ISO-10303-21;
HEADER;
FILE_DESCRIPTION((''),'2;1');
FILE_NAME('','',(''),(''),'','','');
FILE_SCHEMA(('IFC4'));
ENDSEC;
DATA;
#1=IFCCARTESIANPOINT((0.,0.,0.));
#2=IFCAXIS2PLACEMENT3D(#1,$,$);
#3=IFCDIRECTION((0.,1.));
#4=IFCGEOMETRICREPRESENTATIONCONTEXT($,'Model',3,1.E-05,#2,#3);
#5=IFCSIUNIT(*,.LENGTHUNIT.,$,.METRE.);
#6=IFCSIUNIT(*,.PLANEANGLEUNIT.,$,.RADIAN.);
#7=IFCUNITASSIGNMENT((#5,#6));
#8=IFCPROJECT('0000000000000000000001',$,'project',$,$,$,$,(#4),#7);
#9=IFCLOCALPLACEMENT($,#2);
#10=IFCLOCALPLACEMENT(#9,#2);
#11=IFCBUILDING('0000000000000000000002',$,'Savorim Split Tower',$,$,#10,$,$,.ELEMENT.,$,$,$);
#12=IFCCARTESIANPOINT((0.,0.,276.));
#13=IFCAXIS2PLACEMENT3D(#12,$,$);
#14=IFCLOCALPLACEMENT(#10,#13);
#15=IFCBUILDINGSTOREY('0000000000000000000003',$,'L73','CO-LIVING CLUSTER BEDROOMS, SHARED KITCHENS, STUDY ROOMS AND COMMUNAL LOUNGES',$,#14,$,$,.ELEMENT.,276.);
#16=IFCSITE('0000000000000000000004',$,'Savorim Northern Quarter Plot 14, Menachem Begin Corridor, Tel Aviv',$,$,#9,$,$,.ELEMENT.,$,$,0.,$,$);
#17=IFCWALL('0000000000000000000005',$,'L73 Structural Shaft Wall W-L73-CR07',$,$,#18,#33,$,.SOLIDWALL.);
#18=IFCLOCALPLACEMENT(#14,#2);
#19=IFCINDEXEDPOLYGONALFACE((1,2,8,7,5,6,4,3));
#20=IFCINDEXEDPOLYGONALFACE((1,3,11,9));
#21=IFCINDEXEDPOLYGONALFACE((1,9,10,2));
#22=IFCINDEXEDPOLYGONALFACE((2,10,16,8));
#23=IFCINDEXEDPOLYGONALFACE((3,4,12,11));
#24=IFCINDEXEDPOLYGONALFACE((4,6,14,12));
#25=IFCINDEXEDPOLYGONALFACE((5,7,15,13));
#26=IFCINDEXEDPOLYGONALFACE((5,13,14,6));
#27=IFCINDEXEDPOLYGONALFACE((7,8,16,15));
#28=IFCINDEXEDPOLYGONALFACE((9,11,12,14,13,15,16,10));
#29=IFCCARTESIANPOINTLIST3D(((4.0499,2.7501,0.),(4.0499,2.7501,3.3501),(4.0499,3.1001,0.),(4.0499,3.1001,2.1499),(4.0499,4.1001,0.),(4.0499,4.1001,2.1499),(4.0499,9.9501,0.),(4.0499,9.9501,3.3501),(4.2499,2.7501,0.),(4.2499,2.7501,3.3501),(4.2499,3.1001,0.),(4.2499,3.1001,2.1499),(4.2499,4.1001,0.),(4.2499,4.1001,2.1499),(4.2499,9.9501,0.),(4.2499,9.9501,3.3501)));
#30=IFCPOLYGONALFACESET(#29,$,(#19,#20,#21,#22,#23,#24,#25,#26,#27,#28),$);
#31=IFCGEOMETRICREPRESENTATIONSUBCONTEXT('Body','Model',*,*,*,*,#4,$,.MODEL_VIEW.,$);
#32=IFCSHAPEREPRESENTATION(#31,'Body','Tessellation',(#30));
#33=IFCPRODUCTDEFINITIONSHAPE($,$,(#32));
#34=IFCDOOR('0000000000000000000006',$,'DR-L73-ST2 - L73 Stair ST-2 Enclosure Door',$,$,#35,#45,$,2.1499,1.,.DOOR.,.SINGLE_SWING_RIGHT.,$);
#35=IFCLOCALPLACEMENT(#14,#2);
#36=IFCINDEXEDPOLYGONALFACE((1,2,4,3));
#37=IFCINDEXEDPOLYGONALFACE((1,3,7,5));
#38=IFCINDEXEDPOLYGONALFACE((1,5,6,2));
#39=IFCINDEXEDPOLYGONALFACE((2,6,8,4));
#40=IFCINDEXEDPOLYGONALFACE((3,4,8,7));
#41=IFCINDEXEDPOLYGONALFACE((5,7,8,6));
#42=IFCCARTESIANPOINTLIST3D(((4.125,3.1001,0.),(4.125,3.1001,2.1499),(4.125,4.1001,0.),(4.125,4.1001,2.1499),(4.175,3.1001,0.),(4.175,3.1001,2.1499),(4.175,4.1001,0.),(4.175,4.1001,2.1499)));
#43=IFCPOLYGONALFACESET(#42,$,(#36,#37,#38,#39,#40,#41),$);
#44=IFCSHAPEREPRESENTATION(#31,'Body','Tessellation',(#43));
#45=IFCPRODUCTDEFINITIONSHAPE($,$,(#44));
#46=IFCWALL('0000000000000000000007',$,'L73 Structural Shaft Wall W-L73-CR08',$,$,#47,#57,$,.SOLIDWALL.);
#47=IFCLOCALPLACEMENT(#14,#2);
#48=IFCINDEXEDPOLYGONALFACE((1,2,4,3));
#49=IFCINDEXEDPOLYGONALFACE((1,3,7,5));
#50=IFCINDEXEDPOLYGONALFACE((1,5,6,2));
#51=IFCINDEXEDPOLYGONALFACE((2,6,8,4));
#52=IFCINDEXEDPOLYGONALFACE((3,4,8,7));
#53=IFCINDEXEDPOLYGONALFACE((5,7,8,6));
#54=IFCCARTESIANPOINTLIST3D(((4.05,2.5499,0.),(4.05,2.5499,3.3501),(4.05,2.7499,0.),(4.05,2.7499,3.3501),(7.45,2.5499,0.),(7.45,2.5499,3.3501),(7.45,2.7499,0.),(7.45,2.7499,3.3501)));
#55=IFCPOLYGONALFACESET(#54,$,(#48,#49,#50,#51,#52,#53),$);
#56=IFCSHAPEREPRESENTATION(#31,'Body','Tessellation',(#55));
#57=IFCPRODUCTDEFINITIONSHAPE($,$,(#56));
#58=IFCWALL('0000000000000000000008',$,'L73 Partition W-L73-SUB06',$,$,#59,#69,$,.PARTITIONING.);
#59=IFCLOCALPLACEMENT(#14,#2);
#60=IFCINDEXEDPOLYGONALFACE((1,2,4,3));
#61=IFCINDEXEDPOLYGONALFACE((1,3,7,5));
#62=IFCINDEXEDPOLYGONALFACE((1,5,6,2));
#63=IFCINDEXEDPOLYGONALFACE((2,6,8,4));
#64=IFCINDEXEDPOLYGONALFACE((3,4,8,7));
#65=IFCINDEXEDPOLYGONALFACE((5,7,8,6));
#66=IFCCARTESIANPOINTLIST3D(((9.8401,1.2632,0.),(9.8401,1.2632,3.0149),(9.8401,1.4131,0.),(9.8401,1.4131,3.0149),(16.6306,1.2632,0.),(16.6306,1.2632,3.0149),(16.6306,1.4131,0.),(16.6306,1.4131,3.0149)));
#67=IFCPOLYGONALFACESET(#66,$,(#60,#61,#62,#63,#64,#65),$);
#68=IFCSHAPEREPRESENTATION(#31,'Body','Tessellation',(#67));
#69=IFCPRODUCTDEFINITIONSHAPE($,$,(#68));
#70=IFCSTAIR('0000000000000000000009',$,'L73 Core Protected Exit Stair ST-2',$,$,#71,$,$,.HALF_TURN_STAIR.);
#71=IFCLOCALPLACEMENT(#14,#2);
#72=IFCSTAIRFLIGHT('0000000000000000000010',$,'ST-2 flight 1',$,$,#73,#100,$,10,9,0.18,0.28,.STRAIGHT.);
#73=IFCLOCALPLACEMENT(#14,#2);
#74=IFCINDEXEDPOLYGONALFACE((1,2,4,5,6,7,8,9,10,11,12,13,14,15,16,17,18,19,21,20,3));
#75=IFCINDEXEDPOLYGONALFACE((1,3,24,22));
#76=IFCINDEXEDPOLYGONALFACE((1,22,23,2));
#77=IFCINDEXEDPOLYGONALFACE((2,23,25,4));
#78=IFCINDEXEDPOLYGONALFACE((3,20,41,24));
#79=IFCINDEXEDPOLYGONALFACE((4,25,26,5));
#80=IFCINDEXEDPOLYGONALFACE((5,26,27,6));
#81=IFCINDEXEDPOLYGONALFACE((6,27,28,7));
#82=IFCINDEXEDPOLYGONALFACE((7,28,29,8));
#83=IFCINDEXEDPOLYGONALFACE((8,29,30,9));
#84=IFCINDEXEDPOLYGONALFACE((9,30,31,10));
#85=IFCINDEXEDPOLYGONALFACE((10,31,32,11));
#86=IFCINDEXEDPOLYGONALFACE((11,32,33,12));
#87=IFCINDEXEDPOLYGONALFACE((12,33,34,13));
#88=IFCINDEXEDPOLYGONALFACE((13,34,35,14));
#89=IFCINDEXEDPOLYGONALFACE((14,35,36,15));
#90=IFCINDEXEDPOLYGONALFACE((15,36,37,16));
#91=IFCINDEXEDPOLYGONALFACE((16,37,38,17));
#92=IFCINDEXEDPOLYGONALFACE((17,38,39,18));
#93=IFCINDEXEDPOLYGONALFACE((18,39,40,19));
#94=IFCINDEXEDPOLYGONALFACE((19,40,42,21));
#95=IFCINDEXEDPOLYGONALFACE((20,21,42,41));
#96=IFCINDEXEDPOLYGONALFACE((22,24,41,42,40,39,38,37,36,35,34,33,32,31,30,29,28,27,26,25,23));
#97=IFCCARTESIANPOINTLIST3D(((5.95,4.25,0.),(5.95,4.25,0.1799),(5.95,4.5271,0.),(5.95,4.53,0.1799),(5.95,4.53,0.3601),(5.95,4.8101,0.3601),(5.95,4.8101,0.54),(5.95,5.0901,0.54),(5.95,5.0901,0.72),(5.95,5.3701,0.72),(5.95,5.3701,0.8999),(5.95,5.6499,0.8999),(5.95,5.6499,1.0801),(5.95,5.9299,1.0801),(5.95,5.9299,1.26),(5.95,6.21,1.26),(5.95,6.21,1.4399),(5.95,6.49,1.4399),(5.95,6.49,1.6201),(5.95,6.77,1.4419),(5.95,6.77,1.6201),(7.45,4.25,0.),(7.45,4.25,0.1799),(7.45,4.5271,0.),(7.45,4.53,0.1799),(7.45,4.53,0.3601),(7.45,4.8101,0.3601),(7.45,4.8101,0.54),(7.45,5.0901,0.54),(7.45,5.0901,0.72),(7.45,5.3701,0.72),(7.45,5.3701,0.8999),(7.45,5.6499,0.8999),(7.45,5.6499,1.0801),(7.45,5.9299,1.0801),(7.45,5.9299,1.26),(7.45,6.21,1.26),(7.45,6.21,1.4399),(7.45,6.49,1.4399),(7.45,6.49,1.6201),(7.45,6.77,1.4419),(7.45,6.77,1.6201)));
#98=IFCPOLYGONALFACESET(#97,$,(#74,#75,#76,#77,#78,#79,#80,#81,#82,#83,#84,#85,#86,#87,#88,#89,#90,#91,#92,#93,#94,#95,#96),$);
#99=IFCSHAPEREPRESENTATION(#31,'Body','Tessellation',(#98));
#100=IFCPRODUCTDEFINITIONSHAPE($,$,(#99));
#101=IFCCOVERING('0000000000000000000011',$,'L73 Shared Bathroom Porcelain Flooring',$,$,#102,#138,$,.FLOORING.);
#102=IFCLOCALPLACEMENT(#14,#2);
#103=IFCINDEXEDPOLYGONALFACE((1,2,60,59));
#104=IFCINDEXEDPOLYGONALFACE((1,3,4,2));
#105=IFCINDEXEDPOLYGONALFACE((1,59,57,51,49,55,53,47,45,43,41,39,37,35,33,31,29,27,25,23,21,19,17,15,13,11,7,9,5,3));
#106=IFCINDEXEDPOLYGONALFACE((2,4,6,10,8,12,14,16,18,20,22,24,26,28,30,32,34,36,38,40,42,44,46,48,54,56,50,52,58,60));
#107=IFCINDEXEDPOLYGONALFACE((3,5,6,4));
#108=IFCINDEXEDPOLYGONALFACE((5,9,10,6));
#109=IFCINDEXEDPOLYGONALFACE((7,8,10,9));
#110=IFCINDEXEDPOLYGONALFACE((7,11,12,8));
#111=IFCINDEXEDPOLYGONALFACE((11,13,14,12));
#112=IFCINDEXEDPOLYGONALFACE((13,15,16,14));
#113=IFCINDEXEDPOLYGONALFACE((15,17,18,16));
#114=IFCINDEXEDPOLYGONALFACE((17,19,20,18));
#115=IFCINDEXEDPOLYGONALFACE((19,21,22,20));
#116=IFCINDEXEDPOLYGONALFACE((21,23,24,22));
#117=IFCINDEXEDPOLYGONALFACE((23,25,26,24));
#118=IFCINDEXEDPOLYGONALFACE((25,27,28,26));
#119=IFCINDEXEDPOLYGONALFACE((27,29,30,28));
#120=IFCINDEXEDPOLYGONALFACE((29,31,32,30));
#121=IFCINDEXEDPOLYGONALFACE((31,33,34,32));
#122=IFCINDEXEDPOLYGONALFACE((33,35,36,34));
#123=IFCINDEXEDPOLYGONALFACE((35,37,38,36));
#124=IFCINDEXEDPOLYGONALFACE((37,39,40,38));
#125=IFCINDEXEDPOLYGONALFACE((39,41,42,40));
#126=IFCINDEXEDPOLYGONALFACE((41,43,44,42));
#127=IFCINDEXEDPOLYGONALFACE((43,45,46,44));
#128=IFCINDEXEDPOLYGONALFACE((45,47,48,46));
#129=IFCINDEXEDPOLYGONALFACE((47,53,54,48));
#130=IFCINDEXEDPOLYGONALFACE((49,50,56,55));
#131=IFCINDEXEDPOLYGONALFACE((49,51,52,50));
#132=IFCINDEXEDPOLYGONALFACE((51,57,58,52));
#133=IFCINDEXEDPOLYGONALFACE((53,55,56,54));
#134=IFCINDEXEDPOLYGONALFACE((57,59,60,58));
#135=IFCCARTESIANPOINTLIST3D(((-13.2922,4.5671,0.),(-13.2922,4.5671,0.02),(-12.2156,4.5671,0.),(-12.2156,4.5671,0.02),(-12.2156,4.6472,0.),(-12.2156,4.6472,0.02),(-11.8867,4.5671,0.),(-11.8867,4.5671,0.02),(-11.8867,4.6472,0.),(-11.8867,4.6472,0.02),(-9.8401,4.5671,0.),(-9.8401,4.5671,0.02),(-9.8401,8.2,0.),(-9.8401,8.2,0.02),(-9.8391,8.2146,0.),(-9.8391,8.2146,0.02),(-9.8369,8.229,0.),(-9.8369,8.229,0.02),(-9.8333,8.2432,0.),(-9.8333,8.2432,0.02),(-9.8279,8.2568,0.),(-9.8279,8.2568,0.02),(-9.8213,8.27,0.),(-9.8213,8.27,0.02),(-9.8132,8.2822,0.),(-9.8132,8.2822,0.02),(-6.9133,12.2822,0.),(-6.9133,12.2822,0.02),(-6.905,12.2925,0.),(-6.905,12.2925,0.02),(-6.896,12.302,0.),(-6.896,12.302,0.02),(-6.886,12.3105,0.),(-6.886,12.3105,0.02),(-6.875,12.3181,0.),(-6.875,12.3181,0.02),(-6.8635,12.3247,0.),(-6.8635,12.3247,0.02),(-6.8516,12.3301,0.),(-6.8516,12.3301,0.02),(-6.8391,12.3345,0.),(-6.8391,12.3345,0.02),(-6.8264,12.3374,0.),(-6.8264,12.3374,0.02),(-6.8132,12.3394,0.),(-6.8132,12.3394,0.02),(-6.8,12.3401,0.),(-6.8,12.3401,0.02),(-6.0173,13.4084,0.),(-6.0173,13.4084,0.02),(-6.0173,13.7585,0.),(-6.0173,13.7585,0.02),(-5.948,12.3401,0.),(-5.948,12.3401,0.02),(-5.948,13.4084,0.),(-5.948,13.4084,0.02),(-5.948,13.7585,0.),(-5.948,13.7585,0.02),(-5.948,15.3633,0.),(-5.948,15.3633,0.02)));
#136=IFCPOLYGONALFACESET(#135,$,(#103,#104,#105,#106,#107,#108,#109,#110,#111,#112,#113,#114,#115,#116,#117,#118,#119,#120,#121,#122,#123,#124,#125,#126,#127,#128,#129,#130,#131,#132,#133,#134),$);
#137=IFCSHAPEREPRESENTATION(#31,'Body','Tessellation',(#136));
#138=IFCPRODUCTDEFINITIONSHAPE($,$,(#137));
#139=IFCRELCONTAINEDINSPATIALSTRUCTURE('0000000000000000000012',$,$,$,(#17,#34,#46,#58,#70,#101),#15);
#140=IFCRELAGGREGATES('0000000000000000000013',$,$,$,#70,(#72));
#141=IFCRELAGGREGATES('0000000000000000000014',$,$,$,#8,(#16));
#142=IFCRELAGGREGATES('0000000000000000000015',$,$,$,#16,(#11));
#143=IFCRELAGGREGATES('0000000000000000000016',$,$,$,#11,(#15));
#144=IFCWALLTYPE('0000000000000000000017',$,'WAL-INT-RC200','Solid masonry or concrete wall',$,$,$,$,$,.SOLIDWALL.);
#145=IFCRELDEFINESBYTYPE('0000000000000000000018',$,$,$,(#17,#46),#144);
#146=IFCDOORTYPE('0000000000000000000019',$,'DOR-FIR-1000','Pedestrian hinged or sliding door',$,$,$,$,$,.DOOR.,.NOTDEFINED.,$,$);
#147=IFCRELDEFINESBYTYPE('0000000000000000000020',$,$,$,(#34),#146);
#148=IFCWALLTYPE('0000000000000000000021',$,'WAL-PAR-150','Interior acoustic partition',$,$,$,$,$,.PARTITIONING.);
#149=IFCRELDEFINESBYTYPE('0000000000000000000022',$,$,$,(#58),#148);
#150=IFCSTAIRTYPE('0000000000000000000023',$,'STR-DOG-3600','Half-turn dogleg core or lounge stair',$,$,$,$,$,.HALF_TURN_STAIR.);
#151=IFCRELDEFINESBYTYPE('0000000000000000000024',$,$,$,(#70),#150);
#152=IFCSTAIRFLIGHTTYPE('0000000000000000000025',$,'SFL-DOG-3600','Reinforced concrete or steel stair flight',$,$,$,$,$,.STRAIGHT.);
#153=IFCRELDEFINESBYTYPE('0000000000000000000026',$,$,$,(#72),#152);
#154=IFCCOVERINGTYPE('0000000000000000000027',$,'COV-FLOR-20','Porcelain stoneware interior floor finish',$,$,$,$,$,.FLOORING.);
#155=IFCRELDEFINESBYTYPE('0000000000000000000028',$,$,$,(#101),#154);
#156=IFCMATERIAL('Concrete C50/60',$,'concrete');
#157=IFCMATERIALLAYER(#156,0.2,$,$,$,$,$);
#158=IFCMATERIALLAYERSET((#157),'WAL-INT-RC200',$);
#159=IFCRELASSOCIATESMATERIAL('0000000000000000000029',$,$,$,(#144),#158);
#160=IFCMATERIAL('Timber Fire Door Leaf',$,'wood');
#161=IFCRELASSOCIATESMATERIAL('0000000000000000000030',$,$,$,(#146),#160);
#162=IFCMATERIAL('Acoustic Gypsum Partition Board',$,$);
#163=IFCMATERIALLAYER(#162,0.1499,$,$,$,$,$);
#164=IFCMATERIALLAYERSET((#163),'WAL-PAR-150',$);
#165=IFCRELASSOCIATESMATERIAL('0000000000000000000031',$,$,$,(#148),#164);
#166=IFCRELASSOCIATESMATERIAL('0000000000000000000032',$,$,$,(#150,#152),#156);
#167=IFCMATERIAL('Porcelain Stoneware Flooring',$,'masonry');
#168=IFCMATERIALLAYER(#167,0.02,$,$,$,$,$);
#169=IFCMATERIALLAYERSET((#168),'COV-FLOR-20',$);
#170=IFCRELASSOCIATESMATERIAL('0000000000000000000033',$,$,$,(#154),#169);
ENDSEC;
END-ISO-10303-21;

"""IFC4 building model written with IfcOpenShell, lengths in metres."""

from ifc_helpers import new_model, si_unit, direction, frame, frame_2d, origin, place, context, subcontext, project, spatial, polyline, rectangle, outline, extrude, material, layer, layer_set, type_object, element, fill, aggregate, save


model = new_model("IFC4")

# Units and contexts
model_context = context("Model", 3, precision=1e-05, world=origin(), true_north=direction((0.0, 1.0)))
body_context = subcontext(model_context, "Body", "Model", "MODEL_VIEW")
ifc_project = project(units=[si_unit("LENGTHUNIT", "METRE"), si_unit("PLANEANGLEUNIT", "RADIAN")], contexts=[model_context])

# Site, building, storey
site_placement = place(None, origin())
site = spatial("IfcSite", under=ifc_project, at=site_placement, Name="Savorim Northern Quarter Plot 14, Menachem Begin Corridor, Tel Aviv", CompositionType="ELEMENT", RefElevation=0.0)
building_placement = place(site_placement, origin())
building = spatial("IfcBuilding", under=site, at=building_placement, Name="Savorim Split Tower", CompositionType="ELEMENT")
storey_placement = place(building_placement, frame((0.0, 0.0, 276.0)))
storey = spatial("IfcBuildingStorey", under=building, at=storey_placement, Name="L73", Description="CO-LIVING CLUSTER BEDROOMS, SHARED KITCHENS, STUDY ROOMS AND COMMUNAL LOUNGES", CompositionType="ELEMENT", Elevation=276.0)

# Wall, opening, door
ifc_material_1 = material(Name="Concrete C50/60", Category="concrete")
ifc_layer_1 = layer(ifc_material_1, 0.2)
ifc_layer_set_1 = layer_set([ifc_layer_1], Name="WAL-INT-RC200")
wall_type_1 = type_object("IfcWallType", Name="WAL-INT-RC200", Description="Solid masonry or concrete wall", PredefinedType="SOLIDWALL", material=ifc_layer_set_1)
wall_1_placement = place(storey_placement, frame((4.1499, 2.75, 0.0), z_axis=(0.0, 0.0, 1.0), x_axis=(0.0, 1.0, 0.0)))
wall_1 = element("IfcWall", 1, at=wall_1_placement, inside=storey, type_object=wall_type_1, Name="L73 Structural Shaft Wall W-L73-CR07", PredefinedType="SOLIDWALL", context=body_context, shape_type="SweptSolid", body=[
    extrude(rectangle(XDim=7.2, YDim=0.2, at=frame_2d((3.6001, 0.0))), origin(), (0.0, 0.0, 1.0), 3.3501),
])
opening_1_placement = place(wall_1_placement, frame((0.3501, 0.0, 0.0)))
opening_1 = element("IfcOpeningElement", 2, at=opening_1_placement, cuts=wall_1, PredefinedType="OPENING", context=body_context, shape_type="SweptSolid", body=[
    extrude(rectangle(XDim=1.0, YDim=2.1499, at=frame_2d((0.5, 1.075))), frame((0.0, 0.1099, 0.0), z_axis=(0.0, -1.0, 0.0), x_axis=(1.0, 0.0, 0.0)), (0.0, 0.0, 1.0), 0.22),
])
ifc_material_2 = material(Name="Timber Fire Door Leaf", Category="wood")
door_type_1 = type_object("IfcDoorType", Name="DOR-FIR-1000", Description="Pedestrian hinged or sliding door", OperationType="NOTDEFINED", PredefinedType="DOOR", material=ifc_material_2)
door_1_placement = place(opening_1_placement, origin())
door_1 = element("IfcDoor", 3, at=door_1_placement, inside=storey, type_object=door_type_1, Name="DR-L73-ST2 - L73 Stair ST-2 Enclosure Door", OperationType="SINGLE_SWING_RIGHT", OverallHeight=2.1499, OverallWidth=1.0, PredefinedType="DOOR", context=body_context, shape_type="SweptSolid", body=[
    extrude(rectangle(XDim=1.0, YDim=2.1499, at=frame_2d((0.5, 1.075))), frame((0.0, 0.0249, 0.0), z_axis=(0.0, -1.0, 0.0), x_axis=(1.0, 0.0, 0.0)), (0.0, 0.0, 1.0), 0.05),
])
fill(opening_1, door_1)

# Wall
wall_2_placement = place(storey_placement, frame((4.05, 2.6499, 0.0), z_axis=(0.0, 0.0, 1.0), x_axis=(1.0, 0.0, 0.0)))
element("IfcWall", 4, at=wall_2_placement, inside=storey, type_object=wall_type_1, Name="L73 Structural Shaft Wall W-L73-CR08", PredefinedType="SOLIDWALL", context=body_context, shape_type="SweptSolid", body=[
    extrude(rectangle(XDim=3.3999, YDim=0.2, at=frame_2d((1.7, 0.0))), origin(), (0.0, 0.0, 1.0), 3.3501),
])

# Wall
ifc_material_3 = material(Name="Acoustic Gypsum Partition Board")
ifc_layer_2 = layer(ifc_material_3, 0.1499)
ifc_layer_set_2 = layer_set([ifc_layer_2], Name="WAL-PAR-150")
wall_type_2 = type_object("IfcWallType", Name="WAL-PAR-150", Description="Interior acoustic partition", PredefinedType="PARTITIONING", material=ifc_layer_set_2)
wall_3_placement = place(storey_placement, frame((9.8401, 1.3381, 0.0), z_axis=(0.0, 0.0, 1.0), x_axis=(1.0, 0.0, 0.0)))
element("IfcWall", 5, at=wall_3_placement, inside=storey, type_object=wall_type_2, Name="L73 Partition W-L73-SUB06", PredefinedType="PARTITIONING", context=body_context, shape_type="SweptSolid", body=[
    extrude(rectangle(XDim=6.7905, YDim=0.1499, at=frame_2d((3.3953, 0.0))), origin(), (0.0, 0.0, 1.0), 3.0149),
])

# Stair, stair flight
stair_type = type_object("IfcStairType", Name="STR-DOG-3600", Description="Half-turn dogleg core or lounge stair", PredefinedType="HALF_TURN_STAIR", material=ifc_material_1)
stair_placement = place(storey_placement, origin())
stair = element("IfcStair", 6, at=stair_placement, inside=storey, type_object=stair_type, Name="L73 Core Protected Exit Stair ST-2", PredefinedType="HALF_TURN_STAIR")
stair_flight_type = type_object("IfcStairFlightType", Name="SFL-DOG-3600", Description="Reinforced concrete or steel stair flight", PredefinedType="STRAIGHT", material=ifc_material_1)
stair_flight_placement = place(storey_placement, frame((6.7, 4.25, 0.0), z_axis=(0.0, 0.0, 1.0), x_axis=(0.0, 1.0, 0.0)))
stair_flight = element("IfcStairFlight", 7, at=stair_flight_placement, type_object=stair_flight_type, Name="ST-2 flight 1", NumberOfRisers=10, NumberOfTreads=9, PredefinedType="STRAIGHT", RiserHeight=0.18, TreadLength=0.28, context=body_context, shape_type="SweptSolid", body=[
    extrude(outline(polyline([(0.0, 0.0), (0.0, 0.1799), (0.28, 0.1799), (0.28, 0.3601), (0.5601, 0.3601), (0.5601, 0.54), (0.8401, 0.54), (0.8401, 0.72), (1.1201, 0.72), (1.1201, 0.8999), (1.3999, 0.8999), (1.3999, 1.0801), (1.6799, 1.0801), (1.6799, 1.26), (1.96, 1.26), (1.96, 1.4399), (2.24, 1.4399), (2.24, 1.6201), (2.52, 1.6201), (2.52, 1.8), (2.52, 1.4419), (0.2771, 0.0), (0.0, 0.0)])), frame((0.0, 0.75, 0.0), z_axis=(0.0, -1.0, 0.0), x_axis=(1.0, 0.0, 0.0)), (0.0, 0.0, 1.0), 1.5),
])
aggregate(stair, [stair_flight])

# Covering
ifc_material_4 = material(Name="Porcelain Stoneware Flooring", Category="masonry")
ifc_layer_3 = layer(ifc_material_4, 0.02)
ifc_layer_set_3 = layer_set([ifc_layer_3], Name="COV-FLOR-20")
covering_type = type_object("IfcCoveringType", Name="COV-FLOR-20", Description="Porcelain stoneware interior floor finish", PredefinedType="FLOORING", material=ifc_layer_set_3)
covering_placement = place(storey_placement, origin())
element("IfcCovering", 8, at=covering_placement, inside=storey, type_object=covering_type, Name="L73 Shared Bathroom Porcelain Flooring", PredefinedType="FLOORING", context=body_context, shape_type="SweptSolid", body=[
    extrude(outline(polyline([(-6.8132, 12.3394), (-6.8, 12.3401), (-5.948, 12.3401), (-5.948, 13.4084), (-6.0173, 13.4084), (-6.0173, 13.7585), (-5.948, 13.7585), (-5.948, 15.3633), (-13.2922, 4.5671), (-12.2156, 4.5671), (-12.2156, 4.6472), (-11.8867, 4.6472), (-11.8867, 4.5671), (-9.8401, 4.5671), (-9.8401, 8.2), (-9.8391, 8.2146), (-9.8369, 8.229), (-9.8333, 8.2432), (-9.8279, 8.2568), (-9.8213, 8.27), (-9.8132, 8.2822), (-6.9133, 12.2822), (-6.905, 12.2925), (-6.896, 12.302), (-6.886, 12.3105), (-6.875, 12.3181), (-6.8635, 12.3247), (-6.8516, 12.3301), (-6.8391, 12.3345), (-6.8264, 12.3374), (-6.8132, 12.3394)])), origin(), (0.0, 0.0, 1.0), 0.02),
])

save(model, "model.ifc")
